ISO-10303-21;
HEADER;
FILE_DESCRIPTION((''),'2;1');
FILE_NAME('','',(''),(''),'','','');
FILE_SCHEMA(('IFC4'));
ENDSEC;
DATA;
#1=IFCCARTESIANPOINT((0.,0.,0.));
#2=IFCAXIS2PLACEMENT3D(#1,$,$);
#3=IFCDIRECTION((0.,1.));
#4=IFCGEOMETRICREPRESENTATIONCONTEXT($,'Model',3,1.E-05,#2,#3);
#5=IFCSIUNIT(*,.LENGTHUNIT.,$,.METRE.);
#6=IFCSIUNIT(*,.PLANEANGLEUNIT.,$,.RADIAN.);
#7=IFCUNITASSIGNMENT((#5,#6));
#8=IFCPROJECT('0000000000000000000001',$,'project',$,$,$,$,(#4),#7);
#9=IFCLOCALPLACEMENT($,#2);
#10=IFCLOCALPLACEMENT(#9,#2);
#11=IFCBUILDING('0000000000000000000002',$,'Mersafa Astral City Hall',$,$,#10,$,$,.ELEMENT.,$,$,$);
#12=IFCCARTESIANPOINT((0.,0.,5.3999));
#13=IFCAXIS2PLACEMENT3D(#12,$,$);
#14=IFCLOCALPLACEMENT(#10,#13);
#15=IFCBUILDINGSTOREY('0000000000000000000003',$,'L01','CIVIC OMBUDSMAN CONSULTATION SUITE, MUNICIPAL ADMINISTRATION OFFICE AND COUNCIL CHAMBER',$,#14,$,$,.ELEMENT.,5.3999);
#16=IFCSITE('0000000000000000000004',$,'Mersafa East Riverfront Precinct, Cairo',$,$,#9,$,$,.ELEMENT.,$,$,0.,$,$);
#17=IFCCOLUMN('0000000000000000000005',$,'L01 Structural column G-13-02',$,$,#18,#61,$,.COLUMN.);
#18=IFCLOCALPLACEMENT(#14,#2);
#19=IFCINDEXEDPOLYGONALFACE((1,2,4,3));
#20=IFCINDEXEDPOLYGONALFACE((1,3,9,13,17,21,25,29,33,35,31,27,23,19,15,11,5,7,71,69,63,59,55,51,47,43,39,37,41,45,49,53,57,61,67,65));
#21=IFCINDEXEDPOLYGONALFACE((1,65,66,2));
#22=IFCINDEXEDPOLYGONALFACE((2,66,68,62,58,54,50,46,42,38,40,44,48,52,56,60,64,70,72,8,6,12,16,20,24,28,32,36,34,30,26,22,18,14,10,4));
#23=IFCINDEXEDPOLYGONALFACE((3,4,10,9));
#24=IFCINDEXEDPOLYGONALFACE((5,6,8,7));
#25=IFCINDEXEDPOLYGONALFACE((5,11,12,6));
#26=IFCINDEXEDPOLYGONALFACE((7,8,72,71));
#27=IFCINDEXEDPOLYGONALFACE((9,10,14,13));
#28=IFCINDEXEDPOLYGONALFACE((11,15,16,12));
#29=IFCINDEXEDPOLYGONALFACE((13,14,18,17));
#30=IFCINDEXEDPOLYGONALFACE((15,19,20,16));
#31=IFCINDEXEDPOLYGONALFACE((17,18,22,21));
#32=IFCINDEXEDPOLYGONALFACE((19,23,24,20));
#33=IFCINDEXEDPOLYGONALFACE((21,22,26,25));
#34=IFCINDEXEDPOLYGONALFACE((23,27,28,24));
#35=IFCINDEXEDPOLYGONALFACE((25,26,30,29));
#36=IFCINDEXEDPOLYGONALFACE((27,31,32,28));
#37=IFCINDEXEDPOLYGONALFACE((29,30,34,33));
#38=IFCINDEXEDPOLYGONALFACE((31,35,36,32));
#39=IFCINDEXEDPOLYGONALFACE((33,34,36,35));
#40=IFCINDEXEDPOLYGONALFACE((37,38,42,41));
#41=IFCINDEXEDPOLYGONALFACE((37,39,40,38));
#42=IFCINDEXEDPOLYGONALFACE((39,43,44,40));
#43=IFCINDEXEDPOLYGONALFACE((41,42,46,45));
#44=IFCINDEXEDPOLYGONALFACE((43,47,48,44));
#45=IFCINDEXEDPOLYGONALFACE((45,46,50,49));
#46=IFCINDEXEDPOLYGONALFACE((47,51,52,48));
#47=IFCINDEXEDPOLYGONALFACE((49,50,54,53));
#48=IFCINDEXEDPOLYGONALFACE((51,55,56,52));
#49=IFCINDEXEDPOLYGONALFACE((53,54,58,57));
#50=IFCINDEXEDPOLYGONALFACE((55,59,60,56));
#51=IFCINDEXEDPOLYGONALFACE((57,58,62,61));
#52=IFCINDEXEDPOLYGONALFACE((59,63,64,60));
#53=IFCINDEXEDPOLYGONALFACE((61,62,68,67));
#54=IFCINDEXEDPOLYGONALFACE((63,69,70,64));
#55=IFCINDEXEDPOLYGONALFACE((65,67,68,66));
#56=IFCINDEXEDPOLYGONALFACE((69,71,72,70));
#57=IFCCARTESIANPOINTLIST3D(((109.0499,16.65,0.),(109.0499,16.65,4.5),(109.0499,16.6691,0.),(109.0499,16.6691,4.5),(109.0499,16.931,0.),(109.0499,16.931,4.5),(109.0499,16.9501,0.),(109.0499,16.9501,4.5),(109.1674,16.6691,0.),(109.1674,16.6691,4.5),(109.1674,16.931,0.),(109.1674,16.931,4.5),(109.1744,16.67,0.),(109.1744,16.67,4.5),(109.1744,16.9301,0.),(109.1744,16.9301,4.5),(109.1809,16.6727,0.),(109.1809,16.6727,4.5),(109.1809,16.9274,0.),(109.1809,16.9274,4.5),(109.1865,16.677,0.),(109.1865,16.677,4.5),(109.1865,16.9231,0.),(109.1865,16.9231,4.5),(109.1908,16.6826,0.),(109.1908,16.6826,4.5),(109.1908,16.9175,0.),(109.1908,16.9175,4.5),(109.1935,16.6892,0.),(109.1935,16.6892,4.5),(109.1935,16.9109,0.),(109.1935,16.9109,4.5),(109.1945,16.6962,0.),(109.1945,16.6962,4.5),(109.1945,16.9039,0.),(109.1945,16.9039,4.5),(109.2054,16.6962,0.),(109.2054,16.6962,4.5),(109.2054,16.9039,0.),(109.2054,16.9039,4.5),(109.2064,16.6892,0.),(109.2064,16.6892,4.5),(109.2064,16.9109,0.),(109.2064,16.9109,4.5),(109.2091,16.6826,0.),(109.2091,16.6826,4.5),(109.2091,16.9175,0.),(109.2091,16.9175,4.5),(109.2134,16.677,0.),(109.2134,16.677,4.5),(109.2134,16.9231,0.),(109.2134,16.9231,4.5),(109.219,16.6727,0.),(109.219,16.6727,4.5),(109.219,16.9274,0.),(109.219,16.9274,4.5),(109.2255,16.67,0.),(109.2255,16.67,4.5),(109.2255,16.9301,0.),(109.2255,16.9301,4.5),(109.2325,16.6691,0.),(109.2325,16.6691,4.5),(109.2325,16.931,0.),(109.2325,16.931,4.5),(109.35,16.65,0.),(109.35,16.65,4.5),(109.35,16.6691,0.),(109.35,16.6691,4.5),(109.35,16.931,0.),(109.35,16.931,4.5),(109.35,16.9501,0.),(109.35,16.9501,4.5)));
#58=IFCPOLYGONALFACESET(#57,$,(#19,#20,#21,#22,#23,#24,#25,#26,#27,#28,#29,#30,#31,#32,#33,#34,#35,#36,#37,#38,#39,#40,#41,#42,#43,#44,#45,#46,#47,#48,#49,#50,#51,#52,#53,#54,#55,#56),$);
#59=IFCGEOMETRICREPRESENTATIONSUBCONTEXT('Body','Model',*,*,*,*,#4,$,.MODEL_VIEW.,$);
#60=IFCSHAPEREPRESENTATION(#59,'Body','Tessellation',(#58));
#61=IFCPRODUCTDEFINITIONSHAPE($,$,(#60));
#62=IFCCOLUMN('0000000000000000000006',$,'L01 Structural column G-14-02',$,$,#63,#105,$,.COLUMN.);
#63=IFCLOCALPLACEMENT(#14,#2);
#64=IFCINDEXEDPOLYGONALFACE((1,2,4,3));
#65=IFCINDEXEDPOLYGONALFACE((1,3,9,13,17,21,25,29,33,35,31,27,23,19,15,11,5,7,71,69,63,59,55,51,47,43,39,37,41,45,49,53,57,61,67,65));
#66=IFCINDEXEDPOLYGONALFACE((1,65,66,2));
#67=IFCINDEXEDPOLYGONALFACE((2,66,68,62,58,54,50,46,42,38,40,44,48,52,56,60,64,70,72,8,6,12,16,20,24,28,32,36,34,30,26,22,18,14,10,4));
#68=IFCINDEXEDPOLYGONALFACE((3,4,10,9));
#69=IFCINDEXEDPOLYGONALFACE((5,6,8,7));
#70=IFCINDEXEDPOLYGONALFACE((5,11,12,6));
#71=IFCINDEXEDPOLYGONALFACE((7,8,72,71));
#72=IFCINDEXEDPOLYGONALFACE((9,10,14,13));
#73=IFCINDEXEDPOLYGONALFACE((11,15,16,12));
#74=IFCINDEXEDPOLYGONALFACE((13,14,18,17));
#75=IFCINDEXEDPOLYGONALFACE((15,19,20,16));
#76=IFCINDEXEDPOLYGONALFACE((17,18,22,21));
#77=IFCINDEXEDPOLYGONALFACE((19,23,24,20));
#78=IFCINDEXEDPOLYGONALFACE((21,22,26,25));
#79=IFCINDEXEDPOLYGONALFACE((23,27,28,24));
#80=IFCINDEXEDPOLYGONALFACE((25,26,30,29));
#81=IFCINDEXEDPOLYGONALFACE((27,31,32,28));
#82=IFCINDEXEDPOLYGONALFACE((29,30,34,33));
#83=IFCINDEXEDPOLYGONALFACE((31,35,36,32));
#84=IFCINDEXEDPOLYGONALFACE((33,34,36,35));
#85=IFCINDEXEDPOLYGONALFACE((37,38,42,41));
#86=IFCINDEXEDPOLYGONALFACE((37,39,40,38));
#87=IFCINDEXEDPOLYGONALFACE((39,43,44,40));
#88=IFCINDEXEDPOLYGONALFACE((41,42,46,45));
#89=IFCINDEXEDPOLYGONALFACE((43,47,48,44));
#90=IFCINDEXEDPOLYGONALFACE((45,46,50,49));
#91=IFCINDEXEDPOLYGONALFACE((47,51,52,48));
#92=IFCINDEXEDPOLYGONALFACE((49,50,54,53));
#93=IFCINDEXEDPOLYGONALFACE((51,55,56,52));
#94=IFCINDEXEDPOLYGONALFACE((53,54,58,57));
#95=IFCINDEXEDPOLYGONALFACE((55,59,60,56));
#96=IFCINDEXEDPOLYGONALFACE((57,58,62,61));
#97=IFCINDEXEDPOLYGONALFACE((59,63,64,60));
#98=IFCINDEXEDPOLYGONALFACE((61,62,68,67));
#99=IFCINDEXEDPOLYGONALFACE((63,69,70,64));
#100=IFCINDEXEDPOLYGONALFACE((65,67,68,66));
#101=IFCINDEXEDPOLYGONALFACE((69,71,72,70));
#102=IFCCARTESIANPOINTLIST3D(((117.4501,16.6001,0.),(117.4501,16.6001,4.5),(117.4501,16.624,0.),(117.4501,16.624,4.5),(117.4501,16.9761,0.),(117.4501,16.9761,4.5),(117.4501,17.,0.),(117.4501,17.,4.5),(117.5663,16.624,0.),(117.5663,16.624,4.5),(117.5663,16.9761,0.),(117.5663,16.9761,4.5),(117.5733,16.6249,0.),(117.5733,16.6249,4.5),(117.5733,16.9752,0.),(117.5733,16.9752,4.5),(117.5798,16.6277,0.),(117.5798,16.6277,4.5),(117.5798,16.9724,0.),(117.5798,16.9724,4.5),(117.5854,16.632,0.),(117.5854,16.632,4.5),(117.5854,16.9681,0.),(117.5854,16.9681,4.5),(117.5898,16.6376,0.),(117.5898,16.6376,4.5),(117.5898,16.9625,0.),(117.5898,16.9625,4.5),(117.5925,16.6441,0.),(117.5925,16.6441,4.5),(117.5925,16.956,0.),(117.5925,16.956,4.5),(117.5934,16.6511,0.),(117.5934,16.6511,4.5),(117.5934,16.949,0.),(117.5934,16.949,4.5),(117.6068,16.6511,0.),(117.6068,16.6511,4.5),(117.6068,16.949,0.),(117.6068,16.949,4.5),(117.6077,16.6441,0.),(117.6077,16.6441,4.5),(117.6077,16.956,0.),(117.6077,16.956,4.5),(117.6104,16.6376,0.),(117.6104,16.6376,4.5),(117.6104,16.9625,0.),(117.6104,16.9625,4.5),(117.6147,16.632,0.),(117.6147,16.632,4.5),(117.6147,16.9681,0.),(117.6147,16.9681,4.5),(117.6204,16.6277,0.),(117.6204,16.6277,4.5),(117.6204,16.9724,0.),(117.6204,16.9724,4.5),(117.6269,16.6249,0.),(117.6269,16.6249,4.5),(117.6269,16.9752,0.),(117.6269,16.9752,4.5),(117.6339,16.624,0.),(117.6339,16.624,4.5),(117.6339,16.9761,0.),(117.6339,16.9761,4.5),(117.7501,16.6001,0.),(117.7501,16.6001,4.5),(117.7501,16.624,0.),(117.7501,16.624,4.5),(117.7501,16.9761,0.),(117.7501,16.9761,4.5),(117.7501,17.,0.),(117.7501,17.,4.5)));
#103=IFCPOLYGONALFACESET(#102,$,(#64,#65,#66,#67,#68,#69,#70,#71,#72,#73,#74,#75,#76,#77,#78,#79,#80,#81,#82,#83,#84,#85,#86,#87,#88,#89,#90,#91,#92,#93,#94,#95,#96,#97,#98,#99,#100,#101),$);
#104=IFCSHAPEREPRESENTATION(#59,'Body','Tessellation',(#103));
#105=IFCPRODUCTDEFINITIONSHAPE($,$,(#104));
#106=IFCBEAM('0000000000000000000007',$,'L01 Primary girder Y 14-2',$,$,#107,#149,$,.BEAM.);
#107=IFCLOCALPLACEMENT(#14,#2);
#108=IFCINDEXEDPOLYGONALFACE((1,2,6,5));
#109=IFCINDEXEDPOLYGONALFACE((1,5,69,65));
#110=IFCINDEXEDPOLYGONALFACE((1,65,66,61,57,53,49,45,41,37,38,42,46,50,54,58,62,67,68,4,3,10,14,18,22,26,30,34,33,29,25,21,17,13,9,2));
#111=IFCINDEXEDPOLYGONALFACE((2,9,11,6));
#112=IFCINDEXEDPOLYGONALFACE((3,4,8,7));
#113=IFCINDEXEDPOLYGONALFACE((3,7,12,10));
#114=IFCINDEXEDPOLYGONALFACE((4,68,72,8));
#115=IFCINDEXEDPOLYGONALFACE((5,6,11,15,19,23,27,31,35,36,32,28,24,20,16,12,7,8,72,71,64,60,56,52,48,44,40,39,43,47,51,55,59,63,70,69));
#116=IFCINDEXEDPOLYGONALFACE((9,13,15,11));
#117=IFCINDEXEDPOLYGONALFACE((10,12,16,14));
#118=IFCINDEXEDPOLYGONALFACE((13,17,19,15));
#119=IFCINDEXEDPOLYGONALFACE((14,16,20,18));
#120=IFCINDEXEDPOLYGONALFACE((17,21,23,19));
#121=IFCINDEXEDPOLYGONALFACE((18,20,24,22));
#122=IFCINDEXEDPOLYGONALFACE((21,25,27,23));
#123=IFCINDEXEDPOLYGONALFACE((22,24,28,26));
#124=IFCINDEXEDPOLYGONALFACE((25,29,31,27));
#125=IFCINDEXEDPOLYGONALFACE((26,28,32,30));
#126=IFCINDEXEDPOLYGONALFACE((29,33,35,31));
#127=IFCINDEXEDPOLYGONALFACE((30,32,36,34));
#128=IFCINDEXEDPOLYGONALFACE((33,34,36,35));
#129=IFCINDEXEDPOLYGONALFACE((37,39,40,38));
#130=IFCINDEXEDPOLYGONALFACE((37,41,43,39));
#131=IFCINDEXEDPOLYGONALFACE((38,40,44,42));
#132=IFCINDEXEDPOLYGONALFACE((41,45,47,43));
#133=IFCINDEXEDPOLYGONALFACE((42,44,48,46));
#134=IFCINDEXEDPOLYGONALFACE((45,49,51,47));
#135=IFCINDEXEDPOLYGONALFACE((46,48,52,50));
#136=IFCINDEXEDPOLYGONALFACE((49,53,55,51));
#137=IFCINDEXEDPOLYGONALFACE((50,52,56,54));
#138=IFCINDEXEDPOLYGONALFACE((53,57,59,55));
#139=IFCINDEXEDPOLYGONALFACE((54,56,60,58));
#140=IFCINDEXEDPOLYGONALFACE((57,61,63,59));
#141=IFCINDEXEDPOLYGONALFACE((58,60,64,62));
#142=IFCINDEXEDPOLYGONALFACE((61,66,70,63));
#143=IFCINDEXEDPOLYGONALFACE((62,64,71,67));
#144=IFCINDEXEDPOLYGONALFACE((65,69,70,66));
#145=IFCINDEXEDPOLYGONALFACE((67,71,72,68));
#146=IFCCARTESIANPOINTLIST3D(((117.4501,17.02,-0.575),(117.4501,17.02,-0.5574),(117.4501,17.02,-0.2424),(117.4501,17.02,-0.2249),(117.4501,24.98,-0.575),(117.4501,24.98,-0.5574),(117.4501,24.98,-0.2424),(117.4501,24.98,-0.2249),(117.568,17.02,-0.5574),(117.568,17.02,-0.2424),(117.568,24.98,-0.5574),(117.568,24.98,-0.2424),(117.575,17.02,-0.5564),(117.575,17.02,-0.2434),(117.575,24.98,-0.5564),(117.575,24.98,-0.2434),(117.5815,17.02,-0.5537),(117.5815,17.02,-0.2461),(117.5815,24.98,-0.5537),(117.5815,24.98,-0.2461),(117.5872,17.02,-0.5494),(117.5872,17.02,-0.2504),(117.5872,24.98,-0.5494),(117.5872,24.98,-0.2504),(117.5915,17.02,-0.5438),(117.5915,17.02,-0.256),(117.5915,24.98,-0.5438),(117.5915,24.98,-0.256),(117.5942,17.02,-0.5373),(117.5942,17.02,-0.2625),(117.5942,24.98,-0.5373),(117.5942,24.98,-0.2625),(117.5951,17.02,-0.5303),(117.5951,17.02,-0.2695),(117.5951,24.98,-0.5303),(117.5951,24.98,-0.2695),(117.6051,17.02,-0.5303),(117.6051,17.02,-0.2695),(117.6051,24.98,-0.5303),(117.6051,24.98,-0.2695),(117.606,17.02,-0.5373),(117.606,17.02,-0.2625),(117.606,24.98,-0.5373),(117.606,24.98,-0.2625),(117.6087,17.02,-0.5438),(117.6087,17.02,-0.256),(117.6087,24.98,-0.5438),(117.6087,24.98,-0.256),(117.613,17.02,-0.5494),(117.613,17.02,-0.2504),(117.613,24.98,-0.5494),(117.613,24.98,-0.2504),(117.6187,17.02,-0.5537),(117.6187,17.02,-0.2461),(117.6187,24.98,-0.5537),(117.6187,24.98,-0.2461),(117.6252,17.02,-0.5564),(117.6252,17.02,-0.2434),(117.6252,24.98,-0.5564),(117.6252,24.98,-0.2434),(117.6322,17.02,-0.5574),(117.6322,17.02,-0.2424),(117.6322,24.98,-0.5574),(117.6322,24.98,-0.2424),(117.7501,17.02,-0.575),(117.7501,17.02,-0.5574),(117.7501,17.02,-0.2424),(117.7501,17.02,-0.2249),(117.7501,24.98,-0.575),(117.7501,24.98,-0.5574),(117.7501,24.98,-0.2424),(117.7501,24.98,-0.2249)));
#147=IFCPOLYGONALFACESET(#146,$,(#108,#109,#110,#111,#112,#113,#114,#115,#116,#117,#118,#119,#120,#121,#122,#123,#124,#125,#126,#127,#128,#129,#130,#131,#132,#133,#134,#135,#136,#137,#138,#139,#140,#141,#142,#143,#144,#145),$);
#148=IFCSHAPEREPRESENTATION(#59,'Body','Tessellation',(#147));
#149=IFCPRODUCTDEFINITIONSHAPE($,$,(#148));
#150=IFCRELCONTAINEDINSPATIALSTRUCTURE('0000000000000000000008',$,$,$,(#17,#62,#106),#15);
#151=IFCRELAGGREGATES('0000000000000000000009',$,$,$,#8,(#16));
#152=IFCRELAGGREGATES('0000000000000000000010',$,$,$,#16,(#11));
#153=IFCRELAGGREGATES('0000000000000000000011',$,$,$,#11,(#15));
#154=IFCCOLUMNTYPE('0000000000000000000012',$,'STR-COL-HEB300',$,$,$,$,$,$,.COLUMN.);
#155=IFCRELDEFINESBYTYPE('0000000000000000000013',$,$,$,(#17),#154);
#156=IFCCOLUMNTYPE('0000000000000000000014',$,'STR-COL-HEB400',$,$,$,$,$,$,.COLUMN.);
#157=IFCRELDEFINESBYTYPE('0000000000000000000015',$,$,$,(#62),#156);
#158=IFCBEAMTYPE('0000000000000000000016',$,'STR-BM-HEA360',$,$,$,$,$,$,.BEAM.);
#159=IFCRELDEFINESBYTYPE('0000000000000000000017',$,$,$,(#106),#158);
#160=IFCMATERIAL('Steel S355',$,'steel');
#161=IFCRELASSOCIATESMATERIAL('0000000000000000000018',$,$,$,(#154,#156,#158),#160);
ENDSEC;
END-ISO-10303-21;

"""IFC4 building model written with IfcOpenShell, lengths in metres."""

from ifc_helpers import new_model, si_unit, direction, frame, origin, origin_2d, place, context, subcontext, project, spatial, i_section, extrude, material, material_profile, profile_set, type_object, element, save


model = new_model("IFC4")

# Units and contexts
model_context = context("Model", 3, precision=1e-05, world=origin(), true_north=direction((0.0, 1.0)))
body_context = subcontext(model_context, "Body", "Model", "MODEL_VIEW")
ifc_project = project(units=[si_unit("LENGTHUNIT", "METRE"), si_unit("PLANEANGLEUNIT", "RADIAN")], contexts=[model_context])

# Site, building, storey
site_placement = place(None, origin())
site = spatial("IfcSite", under=ifc_project, at=site_placement, Name="Mersafa East Riverfront Precinct, Cairo", CompositionType="ELEMENT", RefElevation=0.0)
building_placement = place(site_placement, origin())
building = spatial("IfcBuilding", under=site, at=building_placement, Name="Mersafa Astral City Hall", CompositionType="ELEMENT")
storey_placement = place(building_placement, frame((0.0, 0.0, 5.3999)))
storey = spatial("IfcBuildingStorey", under=building, at=storey_placement, Name="L01", Description="CIVIC OMBUDSMAN CONSULTATION SUITE, MUNICIPAL ADMINISTRATION OFFICE AND COUNCIL CHAMBER", CompositionType="ELEMENT", Elevation=5.3999)

# Columns
ifc_material_1 = material(Name="Steel S355", Category="steel")
ifc_material_profile_1 = material_profile(ifc_material_1, i_section(OverallWidth=0.3, OverallDepth=0.3, WebThickness=0.011, FlangeThickness=0.019, FilletRadius=0.0271, at=origin_2d()), Name="HEB 300")
ifc_profile_set_1 = profile_set([ifc_material_profile_1], Name="Steel S355")
column_type_1 = type_object("IfcColumnType", Name="STR-COL-HEB300", PredefinedType="COLUMN", material=ifc_profile_set_1)
column_1_placement = place(storey_placement, frame((109.2, 16.8, 0.0), z_axis=(0.0, 0.0, 1.0), x_axis=(1.0, 0.0, 0.0)))
element("IfcColumn", 1, at=column_1_placement, inside=storey, type_object=column_type_1, Name="L01 Structural column G-13-02", PredefinedType="COLUMN", context=body_context, shape_type="SweptSolid", body=[
    extrude(i_section(OverallWidth=0.3, OverallDepth=0.3, WebThickness=0.011, FlangeThickness=0.019, FilletRadius=0.0271, at=origin_2d()), origin(), (0.0, 0.0, 1.0), 4.5),
])
ifc_material_profile_2 = material_profile(ifc_material_1, i_section(OverallWidth=0.3, OverallDepth=0.3999, WebThickness=0.0134, FlangeThickness=0.0239, FilletRadius=0.0271, at=origin_2d()), Name="HEB 400")
ifc_profile_set_2 = profile_set([ifc_material_profile_2], Name="Steel S355")
column_type_2 = type_object("IfcColumnType", Name="STR-COL-HEB400", PredefinedType="COLUMN", material=ifc_profile_set_2)
column_2_placement = place(storey_placement, frame((117.6001, 16.8, 0.0), z_axis=(0.0, 0.0, 1.0), x_axis=(1.0, 0.0, 0.0)))
element("IfcColumn", 2, at=column_2_placement, inside=storey, type_object=column_type_2, Name="L01 Structural column G-14-02", PredefinedType="COLUMN", context=body_context, shape_type="SweptSolid", body=[
    extrude(i_section(OverallWidth=0.3, OverallDepth=0.3999, WebThickness=0.0134, FlangeThickness=0.0239, FilletRadius=0.0271, at=origin_2d()), origin(), (0.0, 0.0, 1.0), 4.5),
])

# Beam
ifc_material_profile_3 = material_profile(ifc_material_1, i_section(OverallWidth=0.3, OverallDepth=0.3501, WebThickness=0.01, FlangeThickness=0.0176, FilletRadius=0.0271, at=origin_2d()), Name="HEA 360")
ifc_profile_set_3 = profile_set([ifc_material_profile_3], Name="Steel S355")
beam_type_1 = type_object("IfcBeamType", Name="STR-BM-HEA360", PredefinedType="BEAM", material=ifc_profile_set_3)
beam_1_placement = place(storey_placement, frame((117.6001, 17.02, -0.3999), z_axis=(0.0, 1.0, 0.0), x_axis=(-1.0, 0.0, 0.0)))
element("IfcBeam", 3, at=beam_1_placement, inside=storey, type_object=beam_type_1, Name="L01 Primary girder Y 14-2", PredefinedType="BEAM", context=body_context, shape_type="SweptSolid", body=[
    extrude(i_section(OverallWidth=0.3, OverallDepth=0.3501, WebThickness=0.01, FlangeThickness=0.0176, FilletRadius=0.0271, at=origin_2d()), origin(), (0.0, 0.0, 1.0), 7.96),
])

save(model, "model.ifc")
